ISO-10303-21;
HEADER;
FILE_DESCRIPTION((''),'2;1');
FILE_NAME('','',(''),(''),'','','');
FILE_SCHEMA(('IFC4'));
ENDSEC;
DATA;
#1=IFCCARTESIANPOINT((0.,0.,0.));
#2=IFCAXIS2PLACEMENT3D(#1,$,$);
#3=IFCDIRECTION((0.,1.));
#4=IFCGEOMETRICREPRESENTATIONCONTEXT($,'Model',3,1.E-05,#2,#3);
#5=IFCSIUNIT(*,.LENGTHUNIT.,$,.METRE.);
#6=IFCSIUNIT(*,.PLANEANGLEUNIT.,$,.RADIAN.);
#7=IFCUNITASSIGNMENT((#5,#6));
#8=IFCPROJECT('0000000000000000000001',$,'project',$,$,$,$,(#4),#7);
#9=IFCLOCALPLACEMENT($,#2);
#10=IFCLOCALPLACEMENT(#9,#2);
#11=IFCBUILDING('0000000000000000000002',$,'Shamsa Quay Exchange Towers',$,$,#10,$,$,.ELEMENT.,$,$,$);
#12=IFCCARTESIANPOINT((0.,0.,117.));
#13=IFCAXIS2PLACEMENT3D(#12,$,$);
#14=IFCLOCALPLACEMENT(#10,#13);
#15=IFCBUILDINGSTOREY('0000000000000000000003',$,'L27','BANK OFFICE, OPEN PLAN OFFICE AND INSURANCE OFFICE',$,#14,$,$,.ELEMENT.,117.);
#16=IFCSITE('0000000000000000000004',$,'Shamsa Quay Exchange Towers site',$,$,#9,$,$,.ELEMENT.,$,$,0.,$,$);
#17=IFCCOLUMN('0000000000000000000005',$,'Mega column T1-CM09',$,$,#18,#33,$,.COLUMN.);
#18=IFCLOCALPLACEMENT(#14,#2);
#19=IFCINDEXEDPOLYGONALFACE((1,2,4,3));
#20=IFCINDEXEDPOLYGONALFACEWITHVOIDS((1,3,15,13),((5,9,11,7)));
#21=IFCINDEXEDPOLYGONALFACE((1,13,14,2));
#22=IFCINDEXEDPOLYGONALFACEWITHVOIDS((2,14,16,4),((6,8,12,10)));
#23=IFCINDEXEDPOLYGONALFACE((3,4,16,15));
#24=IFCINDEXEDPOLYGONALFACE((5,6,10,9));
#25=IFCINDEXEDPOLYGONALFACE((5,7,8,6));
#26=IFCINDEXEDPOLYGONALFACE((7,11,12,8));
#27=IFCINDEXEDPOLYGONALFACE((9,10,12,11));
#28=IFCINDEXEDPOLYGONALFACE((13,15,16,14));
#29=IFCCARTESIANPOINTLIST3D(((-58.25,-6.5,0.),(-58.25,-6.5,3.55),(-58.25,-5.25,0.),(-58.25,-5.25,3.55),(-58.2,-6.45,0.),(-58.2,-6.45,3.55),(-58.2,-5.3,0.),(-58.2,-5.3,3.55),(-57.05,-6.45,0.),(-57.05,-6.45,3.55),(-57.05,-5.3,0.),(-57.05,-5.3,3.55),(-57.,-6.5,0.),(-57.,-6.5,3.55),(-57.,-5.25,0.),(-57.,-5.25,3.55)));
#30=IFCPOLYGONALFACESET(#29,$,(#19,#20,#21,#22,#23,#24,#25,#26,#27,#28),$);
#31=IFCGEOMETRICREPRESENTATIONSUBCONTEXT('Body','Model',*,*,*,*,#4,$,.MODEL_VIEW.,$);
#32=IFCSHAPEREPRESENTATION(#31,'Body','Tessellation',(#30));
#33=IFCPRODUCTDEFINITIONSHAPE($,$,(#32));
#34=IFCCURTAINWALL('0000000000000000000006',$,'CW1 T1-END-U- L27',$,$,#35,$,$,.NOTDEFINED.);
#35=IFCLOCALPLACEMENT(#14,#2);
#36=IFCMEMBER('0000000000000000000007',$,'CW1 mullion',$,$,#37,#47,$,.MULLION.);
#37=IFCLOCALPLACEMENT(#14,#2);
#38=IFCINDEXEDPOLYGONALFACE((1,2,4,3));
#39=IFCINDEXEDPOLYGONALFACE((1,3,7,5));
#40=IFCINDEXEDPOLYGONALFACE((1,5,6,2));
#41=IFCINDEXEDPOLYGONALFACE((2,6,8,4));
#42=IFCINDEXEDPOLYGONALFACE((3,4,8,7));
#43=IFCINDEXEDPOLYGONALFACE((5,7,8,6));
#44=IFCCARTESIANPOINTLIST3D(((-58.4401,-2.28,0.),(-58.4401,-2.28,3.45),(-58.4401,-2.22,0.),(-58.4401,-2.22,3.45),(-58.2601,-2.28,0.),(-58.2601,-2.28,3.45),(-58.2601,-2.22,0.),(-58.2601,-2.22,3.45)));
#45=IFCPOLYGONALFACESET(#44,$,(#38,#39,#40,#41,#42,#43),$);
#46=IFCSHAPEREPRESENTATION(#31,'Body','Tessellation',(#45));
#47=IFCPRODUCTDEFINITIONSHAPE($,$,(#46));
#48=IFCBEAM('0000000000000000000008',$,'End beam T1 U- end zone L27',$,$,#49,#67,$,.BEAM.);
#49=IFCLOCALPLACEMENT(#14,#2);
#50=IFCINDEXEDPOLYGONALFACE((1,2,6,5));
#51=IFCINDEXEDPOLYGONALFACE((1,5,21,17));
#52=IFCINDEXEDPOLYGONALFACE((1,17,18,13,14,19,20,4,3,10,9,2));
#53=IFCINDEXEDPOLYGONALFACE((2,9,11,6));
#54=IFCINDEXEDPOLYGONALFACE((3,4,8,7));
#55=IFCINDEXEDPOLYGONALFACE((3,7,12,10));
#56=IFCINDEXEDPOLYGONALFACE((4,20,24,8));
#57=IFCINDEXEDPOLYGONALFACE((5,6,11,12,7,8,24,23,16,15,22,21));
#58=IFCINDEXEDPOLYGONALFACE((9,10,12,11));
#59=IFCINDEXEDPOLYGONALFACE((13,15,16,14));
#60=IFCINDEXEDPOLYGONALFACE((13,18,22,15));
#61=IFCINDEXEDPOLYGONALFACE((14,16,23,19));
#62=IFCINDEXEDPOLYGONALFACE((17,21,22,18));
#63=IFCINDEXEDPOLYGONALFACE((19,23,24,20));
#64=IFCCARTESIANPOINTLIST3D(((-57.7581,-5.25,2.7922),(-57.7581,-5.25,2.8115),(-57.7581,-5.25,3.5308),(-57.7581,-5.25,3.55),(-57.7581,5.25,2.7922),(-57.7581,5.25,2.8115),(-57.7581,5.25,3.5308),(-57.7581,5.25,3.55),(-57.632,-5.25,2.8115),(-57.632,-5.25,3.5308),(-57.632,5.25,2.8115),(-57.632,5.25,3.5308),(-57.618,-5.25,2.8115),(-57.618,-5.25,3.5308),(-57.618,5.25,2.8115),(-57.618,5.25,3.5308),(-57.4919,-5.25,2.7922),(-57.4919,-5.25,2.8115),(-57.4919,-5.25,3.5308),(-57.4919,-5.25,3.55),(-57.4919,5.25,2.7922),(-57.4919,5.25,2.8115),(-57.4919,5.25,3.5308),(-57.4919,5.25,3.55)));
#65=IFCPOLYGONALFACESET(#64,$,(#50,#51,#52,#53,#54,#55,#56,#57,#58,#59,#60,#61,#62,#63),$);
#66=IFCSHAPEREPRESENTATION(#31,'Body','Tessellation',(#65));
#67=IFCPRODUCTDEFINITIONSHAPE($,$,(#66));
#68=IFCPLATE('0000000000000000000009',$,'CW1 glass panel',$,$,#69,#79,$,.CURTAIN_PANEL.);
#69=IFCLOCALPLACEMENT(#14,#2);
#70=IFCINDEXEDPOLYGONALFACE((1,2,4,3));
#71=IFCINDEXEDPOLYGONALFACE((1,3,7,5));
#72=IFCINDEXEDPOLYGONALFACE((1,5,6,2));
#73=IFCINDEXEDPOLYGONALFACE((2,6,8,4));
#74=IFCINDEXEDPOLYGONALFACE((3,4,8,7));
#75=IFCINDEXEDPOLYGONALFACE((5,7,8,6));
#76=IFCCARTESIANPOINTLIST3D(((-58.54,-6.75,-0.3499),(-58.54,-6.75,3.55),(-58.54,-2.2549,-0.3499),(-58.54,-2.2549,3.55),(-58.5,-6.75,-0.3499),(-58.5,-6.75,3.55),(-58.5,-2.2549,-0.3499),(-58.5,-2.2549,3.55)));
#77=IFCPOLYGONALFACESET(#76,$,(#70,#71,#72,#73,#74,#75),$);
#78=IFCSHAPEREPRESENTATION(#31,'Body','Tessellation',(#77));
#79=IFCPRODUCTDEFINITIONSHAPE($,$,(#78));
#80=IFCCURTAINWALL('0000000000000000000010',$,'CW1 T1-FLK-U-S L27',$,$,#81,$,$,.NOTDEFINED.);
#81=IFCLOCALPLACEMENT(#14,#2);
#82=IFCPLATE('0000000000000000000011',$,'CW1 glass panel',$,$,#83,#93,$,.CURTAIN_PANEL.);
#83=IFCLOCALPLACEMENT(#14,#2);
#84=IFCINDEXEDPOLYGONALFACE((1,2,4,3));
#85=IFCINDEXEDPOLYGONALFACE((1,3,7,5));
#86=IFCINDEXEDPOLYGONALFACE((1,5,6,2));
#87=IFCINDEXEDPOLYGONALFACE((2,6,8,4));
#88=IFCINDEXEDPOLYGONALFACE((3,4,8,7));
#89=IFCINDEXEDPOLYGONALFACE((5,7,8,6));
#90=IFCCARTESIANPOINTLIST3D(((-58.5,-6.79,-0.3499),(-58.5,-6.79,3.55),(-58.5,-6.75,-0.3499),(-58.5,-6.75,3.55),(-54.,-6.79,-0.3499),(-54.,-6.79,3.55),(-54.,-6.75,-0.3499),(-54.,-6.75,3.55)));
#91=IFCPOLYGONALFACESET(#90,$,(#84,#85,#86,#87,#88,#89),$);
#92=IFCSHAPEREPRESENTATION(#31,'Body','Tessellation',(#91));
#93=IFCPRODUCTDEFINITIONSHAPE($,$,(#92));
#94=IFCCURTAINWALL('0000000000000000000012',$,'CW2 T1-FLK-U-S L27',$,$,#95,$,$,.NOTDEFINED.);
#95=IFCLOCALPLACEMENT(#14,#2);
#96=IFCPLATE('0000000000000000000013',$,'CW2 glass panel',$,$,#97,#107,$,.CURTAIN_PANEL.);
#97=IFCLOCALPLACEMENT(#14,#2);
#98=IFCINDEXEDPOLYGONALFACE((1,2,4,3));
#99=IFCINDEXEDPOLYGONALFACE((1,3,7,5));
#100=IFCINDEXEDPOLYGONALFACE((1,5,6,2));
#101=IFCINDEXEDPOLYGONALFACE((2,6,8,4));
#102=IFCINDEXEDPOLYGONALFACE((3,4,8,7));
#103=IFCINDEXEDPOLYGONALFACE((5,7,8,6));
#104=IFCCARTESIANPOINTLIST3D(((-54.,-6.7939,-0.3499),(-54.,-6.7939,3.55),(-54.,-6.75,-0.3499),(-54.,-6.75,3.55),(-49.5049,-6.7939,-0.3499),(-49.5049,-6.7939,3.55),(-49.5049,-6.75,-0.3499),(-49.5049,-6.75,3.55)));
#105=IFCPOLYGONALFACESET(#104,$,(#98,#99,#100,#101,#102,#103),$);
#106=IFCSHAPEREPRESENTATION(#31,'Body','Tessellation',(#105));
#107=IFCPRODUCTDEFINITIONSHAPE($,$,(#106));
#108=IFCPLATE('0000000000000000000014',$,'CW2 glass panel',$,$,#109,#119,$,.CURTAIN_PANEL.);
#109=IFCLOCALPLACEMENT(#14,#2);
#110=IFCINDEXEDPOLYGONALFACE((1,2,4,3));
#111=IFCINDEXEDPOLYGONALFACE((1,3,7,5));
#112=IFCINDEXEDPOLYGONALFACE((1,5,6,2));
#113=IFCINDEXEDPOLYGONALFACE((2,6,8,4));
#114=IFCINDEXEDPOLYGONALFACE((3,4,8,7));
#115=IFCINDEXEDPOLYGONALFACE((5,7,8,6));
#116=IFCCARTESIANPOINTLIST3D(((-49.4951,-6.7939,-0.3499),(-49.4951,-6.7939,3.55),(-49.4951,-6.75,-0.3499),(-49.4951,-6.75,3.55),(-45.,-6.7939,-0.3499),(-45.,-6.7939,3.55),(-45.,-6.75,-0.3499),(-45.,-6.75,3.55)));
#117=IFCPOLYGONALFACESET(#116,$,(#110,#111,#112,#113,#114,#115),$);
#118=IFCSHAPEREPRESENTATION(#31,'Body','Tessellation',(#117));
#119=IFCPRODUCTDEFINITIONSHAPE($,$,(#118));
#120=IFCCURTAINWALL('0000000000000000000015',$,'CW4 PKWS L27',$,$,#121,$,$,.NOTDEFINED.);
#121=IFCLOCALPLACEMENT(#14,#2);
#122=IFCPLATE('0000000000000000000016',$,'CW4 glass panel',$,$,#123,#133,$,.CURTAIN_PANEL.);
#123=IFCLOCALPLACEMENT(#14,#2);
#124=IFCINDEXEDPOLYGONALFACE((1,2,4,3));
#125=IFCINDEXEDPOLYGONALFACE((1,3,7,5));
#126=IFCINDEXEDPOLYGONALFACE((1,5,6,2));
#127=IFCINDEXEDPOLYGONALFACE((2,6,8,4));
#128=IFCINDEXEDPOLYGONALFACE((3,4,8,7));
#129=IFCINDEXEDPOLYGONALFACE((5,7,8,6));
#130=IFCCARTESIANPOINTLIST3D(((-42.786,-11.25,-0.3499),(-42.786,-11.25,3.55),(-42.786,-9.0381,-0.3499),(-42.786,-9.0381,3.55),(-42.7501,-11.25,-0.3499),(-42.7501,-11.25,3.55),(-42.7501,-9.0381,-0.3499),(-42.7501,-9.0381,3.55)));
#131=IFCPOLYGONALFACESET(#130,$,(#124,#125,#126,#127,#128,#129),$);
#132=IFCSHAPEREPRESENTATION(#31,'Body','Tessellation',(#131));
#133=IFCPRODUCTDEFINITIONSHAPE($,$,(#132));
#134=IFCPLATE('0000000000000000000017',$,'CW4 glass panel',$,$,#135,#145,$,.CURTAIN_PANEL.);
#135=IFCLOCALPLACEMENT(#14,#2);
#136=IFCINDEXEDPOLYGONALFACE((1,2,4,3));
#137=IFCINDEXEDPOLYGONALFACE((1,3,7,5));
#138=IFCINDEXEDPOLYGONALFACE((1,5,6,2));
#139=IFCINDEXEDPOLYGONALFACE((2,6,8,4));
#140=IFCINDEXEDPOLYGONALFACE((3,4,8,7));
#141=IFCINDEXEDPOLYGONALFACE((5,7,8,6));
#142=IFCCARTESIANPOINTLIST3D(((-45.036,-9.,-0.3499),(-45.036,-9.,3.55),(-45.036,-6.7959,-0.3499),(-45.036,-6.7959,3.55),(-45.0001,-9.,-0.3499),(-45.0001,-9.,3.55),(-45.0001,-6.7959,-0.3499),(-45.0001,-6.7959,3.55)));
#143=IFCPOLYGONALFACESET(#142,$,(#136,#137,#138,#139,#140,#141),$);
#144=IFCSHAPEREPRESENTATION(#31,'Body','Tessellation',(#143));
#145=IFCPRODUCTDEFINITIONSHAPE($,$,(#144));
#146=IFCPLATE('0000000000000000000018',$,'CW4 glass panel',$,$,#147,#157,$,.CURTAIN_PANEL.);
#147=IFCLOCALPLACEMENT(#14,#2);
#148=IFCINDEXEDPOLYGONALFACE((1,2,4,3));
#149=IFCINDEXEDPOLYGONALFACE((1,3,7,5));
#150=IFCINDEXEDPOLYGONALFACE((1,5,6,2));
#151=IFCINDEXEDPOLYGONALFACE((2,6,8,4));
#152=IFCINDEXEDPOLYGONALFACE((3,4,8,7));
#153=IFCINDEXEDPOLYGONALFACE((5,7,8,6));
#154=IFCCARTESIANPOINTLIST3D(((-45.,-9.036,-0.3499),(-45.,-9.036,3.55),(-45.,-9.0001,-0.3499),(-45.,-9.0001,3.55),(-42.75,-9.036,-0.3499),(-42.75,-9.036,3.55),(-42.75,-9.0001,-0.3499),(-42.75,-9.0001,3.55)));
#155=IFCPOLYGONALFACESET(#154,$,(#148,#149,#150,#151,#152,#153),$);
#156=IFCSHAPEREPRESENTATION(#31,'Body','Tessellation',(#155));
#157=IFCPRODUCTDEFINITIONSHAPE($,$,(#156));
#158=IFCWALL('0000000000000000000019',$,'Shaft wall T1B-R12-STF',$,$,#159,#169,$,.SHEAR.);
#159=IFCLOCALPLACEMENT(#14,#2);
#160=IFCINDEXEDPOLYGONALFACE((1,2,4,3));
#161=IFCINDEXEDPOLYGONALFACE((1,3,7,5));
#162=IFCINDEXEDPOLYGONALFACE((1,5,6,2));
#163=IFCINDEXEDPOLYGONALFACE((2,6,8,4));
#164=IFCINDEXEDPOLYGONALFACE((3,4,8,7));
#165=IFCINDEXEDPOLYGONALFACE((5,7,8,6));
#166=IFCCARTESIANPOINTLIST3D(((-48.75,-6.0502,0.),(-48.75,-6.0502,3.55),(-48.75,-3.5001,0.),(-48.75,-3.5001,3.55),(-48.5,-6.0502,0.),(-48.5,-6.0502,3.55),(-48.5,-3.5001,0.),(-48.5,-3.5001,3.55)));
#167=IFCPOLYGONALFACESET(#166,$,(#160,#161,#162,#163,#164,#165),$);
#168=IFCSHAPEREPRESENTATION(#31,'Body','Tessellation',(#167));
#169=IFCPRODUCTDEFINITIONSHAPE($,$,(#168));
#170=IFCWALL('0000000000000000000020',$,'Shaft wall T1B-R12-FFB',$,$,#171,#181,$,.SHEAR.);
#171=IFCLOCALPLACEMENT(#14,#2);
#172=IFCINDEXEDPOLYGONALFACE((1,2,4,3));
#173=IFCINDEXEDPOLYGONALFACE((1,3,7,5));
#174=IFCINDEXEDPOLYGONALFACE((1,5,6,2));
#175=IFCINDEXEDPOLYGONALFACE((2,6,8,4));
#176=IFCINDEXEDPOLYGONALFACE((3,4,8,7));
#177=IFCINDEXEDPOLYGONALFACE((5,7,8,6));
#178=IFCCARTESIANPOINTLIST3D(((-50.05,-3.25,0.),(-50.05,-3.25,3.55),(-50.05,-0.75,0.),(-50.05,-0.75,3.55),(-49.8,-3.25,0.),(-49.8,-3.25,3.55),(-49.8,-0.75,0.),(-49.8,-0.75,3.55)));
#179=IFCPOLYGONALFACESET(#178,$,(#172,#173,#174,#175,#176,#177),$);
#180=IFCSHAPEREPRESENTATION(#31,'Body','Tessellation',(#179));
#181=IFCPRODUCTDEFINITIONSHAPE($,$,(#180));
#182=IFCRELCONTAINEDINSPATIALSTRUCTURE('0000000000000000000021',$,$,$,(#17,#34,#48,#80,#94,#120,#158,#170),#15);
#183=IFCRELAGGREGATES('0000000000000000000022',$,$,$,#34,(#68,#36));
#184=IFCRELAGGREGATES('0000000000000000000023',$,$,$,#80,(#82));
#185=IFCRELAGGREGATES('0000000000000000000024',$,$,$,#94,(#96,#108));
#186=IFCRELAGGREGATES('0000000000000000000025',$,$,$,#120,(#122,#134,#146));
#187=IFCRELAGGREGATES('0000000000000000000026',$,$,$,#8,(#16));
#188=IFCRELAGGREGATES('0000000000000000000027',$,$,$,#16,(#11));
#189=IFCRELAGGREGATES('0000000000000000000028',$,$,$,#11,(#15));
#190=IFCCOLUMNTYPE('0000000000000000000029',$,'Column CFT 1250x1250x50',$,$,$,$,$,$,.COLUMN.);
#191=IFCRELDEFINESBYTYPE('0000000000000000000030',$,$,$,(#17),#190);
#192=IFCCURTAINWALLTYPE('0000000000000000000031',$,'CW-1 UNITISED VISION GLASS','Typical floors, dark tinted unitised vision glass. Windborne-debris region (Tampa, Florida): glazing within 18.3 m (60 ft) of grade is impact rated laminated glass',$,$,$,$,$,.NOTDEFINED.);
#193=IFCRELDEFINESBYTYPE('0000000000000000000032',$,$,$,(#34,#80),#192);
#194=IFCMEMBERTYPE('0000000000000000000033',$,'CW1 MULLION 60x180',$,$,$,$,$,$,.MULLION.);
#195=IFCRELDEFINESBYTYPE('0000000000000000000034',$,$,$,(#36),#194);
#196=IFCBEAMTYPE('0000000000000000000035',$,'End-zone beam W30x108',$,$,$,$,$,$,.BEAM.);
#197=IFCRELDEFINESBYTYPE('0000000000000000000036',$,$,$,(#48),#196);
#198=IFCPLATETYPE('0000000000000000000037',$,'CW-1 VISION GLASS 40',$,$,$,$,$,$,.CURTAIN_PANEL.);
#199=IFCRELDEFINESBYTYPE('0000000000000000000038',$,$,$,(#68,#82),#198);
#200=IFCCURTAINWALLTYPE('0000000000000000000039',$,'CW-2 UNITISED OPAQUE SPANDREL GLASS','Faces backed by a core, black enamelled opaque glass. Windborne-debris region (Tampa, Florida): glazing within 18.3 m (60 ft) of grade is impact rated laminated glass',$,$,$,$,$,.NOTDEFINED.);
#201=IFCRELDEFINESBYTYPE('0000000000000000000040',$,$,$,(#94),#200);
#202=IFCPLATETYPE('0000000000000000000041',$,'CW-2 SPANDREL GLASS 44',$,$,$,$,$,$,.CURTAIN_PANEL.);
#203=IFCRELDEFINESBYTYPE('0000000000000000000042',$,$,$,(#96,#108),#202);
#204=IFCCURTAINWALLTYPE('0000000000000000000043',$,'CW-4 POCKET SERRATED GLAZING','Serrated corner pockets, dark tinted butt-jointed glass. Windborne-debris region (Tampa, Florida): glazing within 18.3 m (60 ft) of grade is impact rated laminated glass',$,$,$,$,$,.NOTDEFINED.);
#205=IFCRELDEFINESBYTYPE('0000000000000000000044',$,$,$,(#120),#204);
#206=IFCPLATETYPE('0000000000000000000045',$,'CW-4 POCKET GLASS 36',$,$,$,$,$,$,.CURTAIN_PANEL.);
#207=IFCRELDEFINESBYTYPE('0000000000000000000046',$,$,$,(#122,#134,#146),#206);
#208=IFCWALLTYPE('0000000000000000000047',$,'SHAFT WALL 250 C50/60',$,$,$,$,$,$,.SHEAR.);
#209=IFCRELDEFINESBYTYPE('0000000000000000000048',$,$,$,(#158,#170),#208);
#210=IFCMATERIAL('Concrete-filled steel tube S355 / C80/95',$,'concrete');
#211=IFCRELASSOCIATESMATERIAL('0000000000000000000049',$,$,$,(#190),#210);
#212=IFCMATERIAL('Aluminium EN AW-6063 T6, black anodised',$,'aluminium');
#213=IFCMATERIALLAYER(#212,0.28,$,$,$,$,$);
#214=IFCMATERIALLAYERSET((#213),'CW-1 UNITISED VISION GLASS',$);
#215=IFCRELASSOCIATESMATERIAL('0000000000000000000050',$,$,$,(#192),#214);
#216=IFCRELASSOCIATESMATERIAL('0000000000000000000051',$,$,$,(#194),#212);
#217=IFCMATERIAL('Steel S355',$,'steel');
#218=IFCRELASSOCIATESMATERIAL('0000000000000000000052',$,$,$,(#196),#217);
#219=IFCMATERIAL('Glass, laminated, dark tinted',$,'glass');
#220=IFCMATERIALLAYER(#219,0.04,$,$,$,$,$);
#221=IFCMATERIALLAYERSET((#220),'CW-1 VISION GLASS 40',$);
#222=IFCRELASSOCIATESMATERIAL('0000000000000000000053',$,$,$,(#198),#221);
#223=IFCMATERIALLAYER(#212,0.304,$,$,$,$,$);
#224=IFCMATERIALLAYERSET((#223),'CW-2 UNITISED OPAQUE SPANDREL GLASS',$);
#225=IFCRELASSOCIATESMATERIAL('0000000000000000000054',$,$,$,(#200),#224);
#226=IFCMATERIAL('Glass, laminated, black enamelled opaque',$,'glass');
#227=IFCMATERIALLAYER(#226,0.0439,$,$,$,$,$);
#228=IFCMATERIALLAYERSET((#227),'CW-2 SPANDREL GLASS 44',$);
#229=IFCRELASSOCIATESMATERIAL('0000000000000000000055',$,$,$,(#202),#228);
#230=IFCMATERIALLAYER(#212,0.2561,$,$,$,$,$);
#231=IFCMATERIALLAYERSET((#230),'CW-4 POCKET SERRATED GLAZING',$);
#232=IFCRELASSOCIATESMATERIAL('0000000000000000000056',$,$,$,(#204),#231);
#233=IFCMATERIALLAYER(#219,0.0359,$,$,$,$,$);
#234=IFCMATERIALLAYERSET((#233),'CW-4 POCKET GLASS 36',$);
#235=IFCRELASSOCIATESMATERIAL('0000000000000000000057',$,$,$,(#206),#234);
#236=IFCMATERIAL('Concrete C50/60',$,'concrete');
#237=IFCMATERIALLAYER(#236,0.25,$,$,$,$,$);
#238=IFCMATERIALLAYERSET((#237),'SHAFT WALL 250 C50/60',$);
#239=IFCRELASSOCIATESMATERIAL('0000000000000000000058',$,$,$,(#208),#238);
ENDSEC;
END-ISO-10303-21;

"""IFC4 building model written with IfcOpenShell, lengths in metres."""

from ifc_helpers import new_model, si_unit, direction, frame, frame_2d, origin, origin_2d, place, context, subcontext, project, spatial, rectangle, hollow_rectangle, i_section, extrude, material, layer, layer_set, material_profile, profile_set, type_object, element, aggregate, save


model = new_model("IFC4")

# Units and contexts
model_context = context("Model", 3, precision=1e-05, world=origin(), true_north=direction((0.0, 1.0)))
body_context = subcontext(model_context, "Body", "Model", "MODEL_VIEW")
ifc_project = project(units=[si_unit("LENGTHUNIT", "METRE"), si_unit("PLANEANGLEUNIT", "RADIAN")], contexts=[model_context])

# Site, building, storey
site_placement = place(None, origin())
site = spatial("IfcSite", under=ifc_project, at=site_placement, Name="Shamsa Quay Exchange Towers site", CompositionType="ELEMENT", RefElevation=0.0)
building_placement = place(site_placement, origin())
building = spatial("IfcBuilding", under=site, at=building_placement, Name="Shamsa Quay Exchange Towers", CompositionType="ELEMENT")
storey_placement = place(building_placement, frame((0.0, 0.0, 117.0)))
storey = spatial("IfcBuildingStorey", under=building, at=storey_placement, Name="L27", Description="BANK OFFICE, OPEN PLAN OFFICE AND INSURANCE OFFICE", CompositionType="ELEMENT", Elevation=117.0)

# Column
ifc_material_1 = material(Name="Concrete-filled steel tube S355 / C80/95", Category="concrete")
ifc_material_profile_1 = material_profile(ifc_material_1, hollow_rectangle(XDim=1.25, YDim=1.25, WallThickness=0.05, at=origin_2d()), Name="CFT 1250x1250x50")
ifc_profile_set_1 = profile_set([ifc_material_profile_1], Name="Concrete-filled steel tube S355 / C80/95")
column_type = type_object("IfcColumnType", Name="Column CFT 1250x1250x50", PredefinedType="COLUMN", material=ifc_profile_set_1)
column_placement = place(storey_placement, frame((-57.625, -5.875, 0.0)))
element("IfcColumn", 1, at=column_placement, inside=storey, type_object=column_type, Name="Mega column T1-CM09", PredefinedType="COLUMN", context=body_context, shape_type="SweptSolid", body=[
    extrude(hollow_rectangle(XDim=1.25, YDim=1.25, WallThickness=0.05, at=origin_2d()), origin(), (0.0, 0.0, 1.0), 3.55),
])

# Curtain wall, member
ifc_material_2 = material(Name="Aluminium EN AW-6063 T6, black anodised", Category="aluminium")
ifc_layer_1 = layer(ifc_material_2, 0.28)
ifc_layer_set_1 = layer_set([ifc_layer_1], Name="CW-1 UNITISED VISION GLASS")
curtain_wall_type_1 = type_object("IfcCurtainWallType", Name="CW-1 UNITISED VISION GLASS", Description="Typical floors, dark tinted unitised vision glass. Windborne-debris region (Tampa, Florida): glazing within 18.3 m (60 ft) of grade is impact rated laminated glass", PredefinedType="NOTDEFINED", material=ifc_layer_set_1)
curtain_wall_1_placement = place(storey_placement, origin())
curtain_wall_1 = element("IfcCurtainWall", 2, at=curtain_wall_1_placement, inside=storey, type_object=curtain_wall_type_1, Name="CW1 T1-END-U- L27", PredefinedType="NOTDEFINED")
ifc_material_profile_2 = material_profile(ifc_material_2, rectangle(XDim=0.1799, YDim=0.0601, at=origin_2d()), Name="MU60x180")
ifc_profile_set_2 = profile_set([ifc_material_profile_2], Name="Aluminium EN AW-6063 T6, black anodised")
member_type = type_object("IfcMemberType", Name="CW1 MULLION 60x180", PredefinedType="MULLION", material=ifc_profile_set_2)
member_placement = place(storey_placement, frame((-58.3501, -2.25, 0.0)))
member = element("IfcMember", 3, at=member_placement, type_object=member_type, Name="CW1 mullion", PredefinedType="MULLION", context=body_context, shape_type="SweptSolid", body=[
    extrude(rectangle(XDim=0.1799, YDim=0.0601, at=origin_2d()), origin(), (0.0, 0.0, 1.0), 3.45),
])

# Beam
ifc_material_3 = material(Name="Steel S355", Category="steel")
ifc_material_profile_3 = material_profile(ifc_material_3, i_section(OverallWidth=0.2661, OverallDepth=0.7578, WebThickness=0.0139, FlangeThickness=0.0193, at=origin_2d()), Name="W30x108")
ifc_profile_set_3 = profile_set([ifc_material_profile_3], Name="Steel S355")
beam_type = type_object("IfcBeamType", Name="End-zone beam W30x108", PredefinedType="BEAM", material=ifc_profile_set_3)
beam_placement = place(storey_placement, frame((-57.625, -5.25, 3.1711), z_axis=(0.0, 1.0, 0.0), x_axis=(-1.0, 0.0, 0.0)))
element("IfcBeam", 4, at=beam_placement, inside=storey, type_object=beam_type, Name="End beam T1 U- end zone L27", PredefinedType="BEAM", context=body_context, shape_type="SweptSolid", body=[
    extrude(i_section(OverallWidth=0.2661, OverallDepth=0.7578, WebThickness=0.0139, FlangeThickness=0.0193, at=origin_2d()), origin(), (0.0, 0.0, 1.0), 10.5),
])

# Plate
ifc_material_4 = material(Name="Glass, laminated, dark tinted", Category="glass")
ifc_layer_2 = layer(ifc_material_4, 0.04)
ifc_layer_set_2 = layer_set([ifc_layer_2], Name="CW-1 VISION GLASS 40")
plate_type_1 = type_object("IfcPlateType", Name="CW-1 VISION GLASS 40", PredefinedType="CURTAIN_PANEL", material=ifc_layer_set_2)
plate_1_placement = place(storey_placement, frame((-58.52, -4.5024, -0.3499), z_axis=(0.0, 0.0, 1.0), x_axis=(0.0, -1.0, 0.0)))
plate_1 = element("IfcPlate", 5, at=plate_1_placement, type_object=plate_type_1, Name="CW1 glass panel", PredefinedType="CURTAIN_PANEL", context=body_context, shape_type="SweptSolid", body=[
    extrude(rectangle(XDim=4.4951, YDim=0.04, at=origin_2d()), origin(), (0.0, 0.0, 1.0), 3.8999),
])
aggregate(curtain_wall_1, [plate_1, member])

# Curtain wall, plate
curtain_wall_2_placement = place(storey_placement, origin())
curtain_wall_2 = element("IfcCurtainWall", 6, at=curtain_wall_2_placement, inside=storey, type_object=curtain_wall_type_1, Name="CW1 T1-FLK-U-S L27", PredefinedType="NOTDEFINED")
plate_2_placement = place(storey_placement, frame((-56.25, -6.77, -0.3499)))
plate_2 = element("IfcPlate", 7, at=plate_2_placement, type_object=plate_type_1, Name="CW1 glass panel", PredefinedType="CURTAIN_PANEL", context=body_context, shape_type="SweptSolid", body=[
    extrude(rectangle(XDim=4.5, YDim=0.04, at=origin_2d()), origin(), (0.0, 0.0, 1.0), 3.8999),
])
aggregate(curtain_wall_2, [plate_2])

# Curtain walls, plates
ifc_layer_3 = layer(ifc_material_2, 0.304)
ifc_layer_set_3 = layer_set([ifc_layer_3], Name="CW-2 UNITISED OPAQUE SPANDREL GLASS")
curtain_wall_type_2 = type_object("IfcCurtainWallType", Name="CW-2 UNITISED OPAQUE SPANDREL GLASS", Description="Faces backed by a core, black enamelled opaque glass. Windborne-debris region (Tampa, Florida): glazing within 18.3 m (60 ft) of grade is impact rated laminated glass", PredefinedType="NOTDEFINED", material=ifc_layer_set_3)
curtain_wall_3_placement = place(storey_placement, origin())
curtain_wall_3 = element("IfcCurtainWall", 8, at=curtain_wall_3_placement, inside=storey, type_object=curtain_wall_type_2, Name="CW2 T1-FLK-U-S L27", PredefinedType="NOTDEFINED")
ifc_material_5 = material(Name="Glass, laminated, black enamelled opaque", Category="glass")
ifc_layer_4 = layer(ifc_material_5, 0.0439)
ifc_layer_set_4 = layer_set([ifc_layer_4], Name="CW-2 SPANDREL GLASS 44")
plate_type_2 = type_object("IfcPlateType", Name="CW-2 SPANDREL GLASS 44", PredefinedType="CURTAIN_PANEL", material=ifc_layer_set_4)
plate_3_placement = place(storey_placement, frame((-51.7524, -6.772, -0.3499)))
plate_3 = element("IfcPlate", 9, at=plate_3_placement, type_object=plate_type_2, Name="CW2 glass panel", PredefinedType="CURTAIN_PANEL", context=body_context, shape_type="SweptSolid", body=[
    extrude(rectangle(XDim=4.4951, YDim=0.0439, at=origin_2d()), origin(), (0.0, 0.0, 1.0), 3.8999),
])
plate_4_placement = place(storey_placement, frame((-47.2476, -6.772, -0.3499)))
plate_4 = element("IfcPlate", 10, at=plate_4_placement, type_object=plate_type_2, Name="CW2 glass panel", PredefinedType="CURTAIN_PANEL", context=body_context, shape_type="SweptSolid", body=[
    extrude(rectangle(XDim=4.4951, YDim=0.0439, at=origin_2d()), origin(), (0.0, 0.0, 1.0), 3.8999),
])
aggregate(curtain_wall_3, [plate_3, plate_4])
ifc_layer_5 = layer(ifc_material_2, 0.2561)
ifc_layer_set_5 = layer_set([ifc_layer_5], Name="CW-4 POCKET SERRATED GLAZING")
curtain_wall_type_3 = type_object("IfcCurtainWallType", Name="CW-4 POCKET SERRATED GLAZING", Description="Serrated corner pockets, dark tinted butt-jointed glass. Windborne-debris region (Tampa, Florida): glazing within 18.3 m (60 ft) of grade is impact rated laminated glass", PredefinedType="NOTDEFINED", material=ifc_layer_set_5)
curtain_wall_4_placement = place(storey_placement, origin())
curtain_wall_4 = element("IfcCurtainWall", 11, at=curtain_wall_4_placement, inside=storey, type_object=curtain_wall_type_3, Name="CW4 PKWS L27", PredefinedType="NOTDEFINED")
ifc_layer_6 = layer(ifc_material_4, 0.0359)
ifc_layer_set_6 = layer_set([ifc_layer_6], Name="CW-4 POCKET GLASS 36")
plate_type_3 = type_object("IfcPlateType", Name="CW-4 POCKET GLASS 36", PredefinedType="CURTAIN_PANEL", material=ifc_layer_set_6)
plate_5_placement = place(storey_placement, frame((-42.7681, -10.144, -0.3499), z_axis=(0.0, 0.0, 1.0), x_axis=(0.0, -1.0, 0.0)))
plate_5 = element("IfcPlate", 12, at=plate_5_placement, type_object=plate_type_3, Name="CW4 glass panel", PredefinedType="CURTAIN_PANEL", context=body_context, shape_type="SweptSolid", body=[
    extrude(rectangle(XDim=2.2119, YDim=0.0359, at=origin_2d()), origin(), (0.0, 0.0, 1.0), 3.8999),
])
plate_6_placement = place(storey_placement, frame((-45.0181, -7.8979, -0.3499), z_axis=(0.0, 0.0, 1.0), x_axis=(0.0, -1.0, 0.0)))
plate_6 = element("IfcPlate", 13, at=plate_6_placement, type_object=plate_type_3, Name="CW4 glass panel", PredefinedType="CURTAIN_PANEL", context=body_context, shape_type="SweptSolid", body=[
    extrude(rectangle(XDim=2.2041, YDim=0.0359, at=origin_2d()), origin(), (0.0, 0.0, 1.0), 3.8999),
])
plate_7_placement = place(storey_placement, frame((-43.875, -9.0181, -0.3499)))
plate_7 = element("IfcPlate", 14, at=plate_7_placement, type_object=plate_type_3, Name="CW4 glass panel", PredefinedType="CURTAIN_PANEL", context=body_context, shape_type="SweptSolid", body=[
    extrude(rectangle(XDim=2.25, YDim=0.0359, at=origin_2d()), origin(), (0.0, 0.0, 1.0), 3.8999),
])
aggregate(curtain_wall_4, [plate_5, plate_6, plate_7])

# Wall
ifc_material_6 = material(Name="Concrete C50/60", Category="concrete")
ifc_layer_7 = layer(ifc_material_6, 0.25)
ifc_layer_set_7 = layer_set([ifc_layer_7], Name="SHAFT WALL 250 C50/60")
wall_type_1 = type_object("IfcWallType", Name="SHAFT WALL 250 C50/60", PredefinedType="SHEAR", material=ifc_layer_set_7)
wall_1_placement = place(storey_placement, frame((-48.625, -6.05, 0.0), z_axis=(0.0, 0.0, 1.0), x_axis=(0.0, 1.0, 0.0)))
element("IfcWall", 15, at=wall_1_placement, inside=storey, type_object=wall_type_1, Name="Shaft wall T1B-R12-STF", PredefinedType="SHEAR", context=body_context, shape_type="SweptSolid", body=[
    extrude(rectangle(XDim=2.55, YDim=0.25, at=frame_2d((1.2749, 0.0))), origin(), (0.0, 0.0, 1.0), 3.55),
])

# Wall
wall_2_placement = place(storey_placement, frame((-49.925, -3.25, 0.0), z_axis=(0.0, 0.0, 1.0), x_axis=(0.0, 1.0, 0.0)))
element("IfcWall", 16, at=wall_2_placement, inside=storey, type_object=wall_type_1, Name="Shaft wall T1B-R12-FFB", PredefinedType="SHEAR", context=body_context, shape_type="SweptSolid", body=[
    extrude(rectangle(XDim=2.5, YDim=0.25, at=frame_2d((1.25, 0.0))), origin(), (0.0, 0.0, 1.0), 3.55),
])

save(model, "model.ifc")
